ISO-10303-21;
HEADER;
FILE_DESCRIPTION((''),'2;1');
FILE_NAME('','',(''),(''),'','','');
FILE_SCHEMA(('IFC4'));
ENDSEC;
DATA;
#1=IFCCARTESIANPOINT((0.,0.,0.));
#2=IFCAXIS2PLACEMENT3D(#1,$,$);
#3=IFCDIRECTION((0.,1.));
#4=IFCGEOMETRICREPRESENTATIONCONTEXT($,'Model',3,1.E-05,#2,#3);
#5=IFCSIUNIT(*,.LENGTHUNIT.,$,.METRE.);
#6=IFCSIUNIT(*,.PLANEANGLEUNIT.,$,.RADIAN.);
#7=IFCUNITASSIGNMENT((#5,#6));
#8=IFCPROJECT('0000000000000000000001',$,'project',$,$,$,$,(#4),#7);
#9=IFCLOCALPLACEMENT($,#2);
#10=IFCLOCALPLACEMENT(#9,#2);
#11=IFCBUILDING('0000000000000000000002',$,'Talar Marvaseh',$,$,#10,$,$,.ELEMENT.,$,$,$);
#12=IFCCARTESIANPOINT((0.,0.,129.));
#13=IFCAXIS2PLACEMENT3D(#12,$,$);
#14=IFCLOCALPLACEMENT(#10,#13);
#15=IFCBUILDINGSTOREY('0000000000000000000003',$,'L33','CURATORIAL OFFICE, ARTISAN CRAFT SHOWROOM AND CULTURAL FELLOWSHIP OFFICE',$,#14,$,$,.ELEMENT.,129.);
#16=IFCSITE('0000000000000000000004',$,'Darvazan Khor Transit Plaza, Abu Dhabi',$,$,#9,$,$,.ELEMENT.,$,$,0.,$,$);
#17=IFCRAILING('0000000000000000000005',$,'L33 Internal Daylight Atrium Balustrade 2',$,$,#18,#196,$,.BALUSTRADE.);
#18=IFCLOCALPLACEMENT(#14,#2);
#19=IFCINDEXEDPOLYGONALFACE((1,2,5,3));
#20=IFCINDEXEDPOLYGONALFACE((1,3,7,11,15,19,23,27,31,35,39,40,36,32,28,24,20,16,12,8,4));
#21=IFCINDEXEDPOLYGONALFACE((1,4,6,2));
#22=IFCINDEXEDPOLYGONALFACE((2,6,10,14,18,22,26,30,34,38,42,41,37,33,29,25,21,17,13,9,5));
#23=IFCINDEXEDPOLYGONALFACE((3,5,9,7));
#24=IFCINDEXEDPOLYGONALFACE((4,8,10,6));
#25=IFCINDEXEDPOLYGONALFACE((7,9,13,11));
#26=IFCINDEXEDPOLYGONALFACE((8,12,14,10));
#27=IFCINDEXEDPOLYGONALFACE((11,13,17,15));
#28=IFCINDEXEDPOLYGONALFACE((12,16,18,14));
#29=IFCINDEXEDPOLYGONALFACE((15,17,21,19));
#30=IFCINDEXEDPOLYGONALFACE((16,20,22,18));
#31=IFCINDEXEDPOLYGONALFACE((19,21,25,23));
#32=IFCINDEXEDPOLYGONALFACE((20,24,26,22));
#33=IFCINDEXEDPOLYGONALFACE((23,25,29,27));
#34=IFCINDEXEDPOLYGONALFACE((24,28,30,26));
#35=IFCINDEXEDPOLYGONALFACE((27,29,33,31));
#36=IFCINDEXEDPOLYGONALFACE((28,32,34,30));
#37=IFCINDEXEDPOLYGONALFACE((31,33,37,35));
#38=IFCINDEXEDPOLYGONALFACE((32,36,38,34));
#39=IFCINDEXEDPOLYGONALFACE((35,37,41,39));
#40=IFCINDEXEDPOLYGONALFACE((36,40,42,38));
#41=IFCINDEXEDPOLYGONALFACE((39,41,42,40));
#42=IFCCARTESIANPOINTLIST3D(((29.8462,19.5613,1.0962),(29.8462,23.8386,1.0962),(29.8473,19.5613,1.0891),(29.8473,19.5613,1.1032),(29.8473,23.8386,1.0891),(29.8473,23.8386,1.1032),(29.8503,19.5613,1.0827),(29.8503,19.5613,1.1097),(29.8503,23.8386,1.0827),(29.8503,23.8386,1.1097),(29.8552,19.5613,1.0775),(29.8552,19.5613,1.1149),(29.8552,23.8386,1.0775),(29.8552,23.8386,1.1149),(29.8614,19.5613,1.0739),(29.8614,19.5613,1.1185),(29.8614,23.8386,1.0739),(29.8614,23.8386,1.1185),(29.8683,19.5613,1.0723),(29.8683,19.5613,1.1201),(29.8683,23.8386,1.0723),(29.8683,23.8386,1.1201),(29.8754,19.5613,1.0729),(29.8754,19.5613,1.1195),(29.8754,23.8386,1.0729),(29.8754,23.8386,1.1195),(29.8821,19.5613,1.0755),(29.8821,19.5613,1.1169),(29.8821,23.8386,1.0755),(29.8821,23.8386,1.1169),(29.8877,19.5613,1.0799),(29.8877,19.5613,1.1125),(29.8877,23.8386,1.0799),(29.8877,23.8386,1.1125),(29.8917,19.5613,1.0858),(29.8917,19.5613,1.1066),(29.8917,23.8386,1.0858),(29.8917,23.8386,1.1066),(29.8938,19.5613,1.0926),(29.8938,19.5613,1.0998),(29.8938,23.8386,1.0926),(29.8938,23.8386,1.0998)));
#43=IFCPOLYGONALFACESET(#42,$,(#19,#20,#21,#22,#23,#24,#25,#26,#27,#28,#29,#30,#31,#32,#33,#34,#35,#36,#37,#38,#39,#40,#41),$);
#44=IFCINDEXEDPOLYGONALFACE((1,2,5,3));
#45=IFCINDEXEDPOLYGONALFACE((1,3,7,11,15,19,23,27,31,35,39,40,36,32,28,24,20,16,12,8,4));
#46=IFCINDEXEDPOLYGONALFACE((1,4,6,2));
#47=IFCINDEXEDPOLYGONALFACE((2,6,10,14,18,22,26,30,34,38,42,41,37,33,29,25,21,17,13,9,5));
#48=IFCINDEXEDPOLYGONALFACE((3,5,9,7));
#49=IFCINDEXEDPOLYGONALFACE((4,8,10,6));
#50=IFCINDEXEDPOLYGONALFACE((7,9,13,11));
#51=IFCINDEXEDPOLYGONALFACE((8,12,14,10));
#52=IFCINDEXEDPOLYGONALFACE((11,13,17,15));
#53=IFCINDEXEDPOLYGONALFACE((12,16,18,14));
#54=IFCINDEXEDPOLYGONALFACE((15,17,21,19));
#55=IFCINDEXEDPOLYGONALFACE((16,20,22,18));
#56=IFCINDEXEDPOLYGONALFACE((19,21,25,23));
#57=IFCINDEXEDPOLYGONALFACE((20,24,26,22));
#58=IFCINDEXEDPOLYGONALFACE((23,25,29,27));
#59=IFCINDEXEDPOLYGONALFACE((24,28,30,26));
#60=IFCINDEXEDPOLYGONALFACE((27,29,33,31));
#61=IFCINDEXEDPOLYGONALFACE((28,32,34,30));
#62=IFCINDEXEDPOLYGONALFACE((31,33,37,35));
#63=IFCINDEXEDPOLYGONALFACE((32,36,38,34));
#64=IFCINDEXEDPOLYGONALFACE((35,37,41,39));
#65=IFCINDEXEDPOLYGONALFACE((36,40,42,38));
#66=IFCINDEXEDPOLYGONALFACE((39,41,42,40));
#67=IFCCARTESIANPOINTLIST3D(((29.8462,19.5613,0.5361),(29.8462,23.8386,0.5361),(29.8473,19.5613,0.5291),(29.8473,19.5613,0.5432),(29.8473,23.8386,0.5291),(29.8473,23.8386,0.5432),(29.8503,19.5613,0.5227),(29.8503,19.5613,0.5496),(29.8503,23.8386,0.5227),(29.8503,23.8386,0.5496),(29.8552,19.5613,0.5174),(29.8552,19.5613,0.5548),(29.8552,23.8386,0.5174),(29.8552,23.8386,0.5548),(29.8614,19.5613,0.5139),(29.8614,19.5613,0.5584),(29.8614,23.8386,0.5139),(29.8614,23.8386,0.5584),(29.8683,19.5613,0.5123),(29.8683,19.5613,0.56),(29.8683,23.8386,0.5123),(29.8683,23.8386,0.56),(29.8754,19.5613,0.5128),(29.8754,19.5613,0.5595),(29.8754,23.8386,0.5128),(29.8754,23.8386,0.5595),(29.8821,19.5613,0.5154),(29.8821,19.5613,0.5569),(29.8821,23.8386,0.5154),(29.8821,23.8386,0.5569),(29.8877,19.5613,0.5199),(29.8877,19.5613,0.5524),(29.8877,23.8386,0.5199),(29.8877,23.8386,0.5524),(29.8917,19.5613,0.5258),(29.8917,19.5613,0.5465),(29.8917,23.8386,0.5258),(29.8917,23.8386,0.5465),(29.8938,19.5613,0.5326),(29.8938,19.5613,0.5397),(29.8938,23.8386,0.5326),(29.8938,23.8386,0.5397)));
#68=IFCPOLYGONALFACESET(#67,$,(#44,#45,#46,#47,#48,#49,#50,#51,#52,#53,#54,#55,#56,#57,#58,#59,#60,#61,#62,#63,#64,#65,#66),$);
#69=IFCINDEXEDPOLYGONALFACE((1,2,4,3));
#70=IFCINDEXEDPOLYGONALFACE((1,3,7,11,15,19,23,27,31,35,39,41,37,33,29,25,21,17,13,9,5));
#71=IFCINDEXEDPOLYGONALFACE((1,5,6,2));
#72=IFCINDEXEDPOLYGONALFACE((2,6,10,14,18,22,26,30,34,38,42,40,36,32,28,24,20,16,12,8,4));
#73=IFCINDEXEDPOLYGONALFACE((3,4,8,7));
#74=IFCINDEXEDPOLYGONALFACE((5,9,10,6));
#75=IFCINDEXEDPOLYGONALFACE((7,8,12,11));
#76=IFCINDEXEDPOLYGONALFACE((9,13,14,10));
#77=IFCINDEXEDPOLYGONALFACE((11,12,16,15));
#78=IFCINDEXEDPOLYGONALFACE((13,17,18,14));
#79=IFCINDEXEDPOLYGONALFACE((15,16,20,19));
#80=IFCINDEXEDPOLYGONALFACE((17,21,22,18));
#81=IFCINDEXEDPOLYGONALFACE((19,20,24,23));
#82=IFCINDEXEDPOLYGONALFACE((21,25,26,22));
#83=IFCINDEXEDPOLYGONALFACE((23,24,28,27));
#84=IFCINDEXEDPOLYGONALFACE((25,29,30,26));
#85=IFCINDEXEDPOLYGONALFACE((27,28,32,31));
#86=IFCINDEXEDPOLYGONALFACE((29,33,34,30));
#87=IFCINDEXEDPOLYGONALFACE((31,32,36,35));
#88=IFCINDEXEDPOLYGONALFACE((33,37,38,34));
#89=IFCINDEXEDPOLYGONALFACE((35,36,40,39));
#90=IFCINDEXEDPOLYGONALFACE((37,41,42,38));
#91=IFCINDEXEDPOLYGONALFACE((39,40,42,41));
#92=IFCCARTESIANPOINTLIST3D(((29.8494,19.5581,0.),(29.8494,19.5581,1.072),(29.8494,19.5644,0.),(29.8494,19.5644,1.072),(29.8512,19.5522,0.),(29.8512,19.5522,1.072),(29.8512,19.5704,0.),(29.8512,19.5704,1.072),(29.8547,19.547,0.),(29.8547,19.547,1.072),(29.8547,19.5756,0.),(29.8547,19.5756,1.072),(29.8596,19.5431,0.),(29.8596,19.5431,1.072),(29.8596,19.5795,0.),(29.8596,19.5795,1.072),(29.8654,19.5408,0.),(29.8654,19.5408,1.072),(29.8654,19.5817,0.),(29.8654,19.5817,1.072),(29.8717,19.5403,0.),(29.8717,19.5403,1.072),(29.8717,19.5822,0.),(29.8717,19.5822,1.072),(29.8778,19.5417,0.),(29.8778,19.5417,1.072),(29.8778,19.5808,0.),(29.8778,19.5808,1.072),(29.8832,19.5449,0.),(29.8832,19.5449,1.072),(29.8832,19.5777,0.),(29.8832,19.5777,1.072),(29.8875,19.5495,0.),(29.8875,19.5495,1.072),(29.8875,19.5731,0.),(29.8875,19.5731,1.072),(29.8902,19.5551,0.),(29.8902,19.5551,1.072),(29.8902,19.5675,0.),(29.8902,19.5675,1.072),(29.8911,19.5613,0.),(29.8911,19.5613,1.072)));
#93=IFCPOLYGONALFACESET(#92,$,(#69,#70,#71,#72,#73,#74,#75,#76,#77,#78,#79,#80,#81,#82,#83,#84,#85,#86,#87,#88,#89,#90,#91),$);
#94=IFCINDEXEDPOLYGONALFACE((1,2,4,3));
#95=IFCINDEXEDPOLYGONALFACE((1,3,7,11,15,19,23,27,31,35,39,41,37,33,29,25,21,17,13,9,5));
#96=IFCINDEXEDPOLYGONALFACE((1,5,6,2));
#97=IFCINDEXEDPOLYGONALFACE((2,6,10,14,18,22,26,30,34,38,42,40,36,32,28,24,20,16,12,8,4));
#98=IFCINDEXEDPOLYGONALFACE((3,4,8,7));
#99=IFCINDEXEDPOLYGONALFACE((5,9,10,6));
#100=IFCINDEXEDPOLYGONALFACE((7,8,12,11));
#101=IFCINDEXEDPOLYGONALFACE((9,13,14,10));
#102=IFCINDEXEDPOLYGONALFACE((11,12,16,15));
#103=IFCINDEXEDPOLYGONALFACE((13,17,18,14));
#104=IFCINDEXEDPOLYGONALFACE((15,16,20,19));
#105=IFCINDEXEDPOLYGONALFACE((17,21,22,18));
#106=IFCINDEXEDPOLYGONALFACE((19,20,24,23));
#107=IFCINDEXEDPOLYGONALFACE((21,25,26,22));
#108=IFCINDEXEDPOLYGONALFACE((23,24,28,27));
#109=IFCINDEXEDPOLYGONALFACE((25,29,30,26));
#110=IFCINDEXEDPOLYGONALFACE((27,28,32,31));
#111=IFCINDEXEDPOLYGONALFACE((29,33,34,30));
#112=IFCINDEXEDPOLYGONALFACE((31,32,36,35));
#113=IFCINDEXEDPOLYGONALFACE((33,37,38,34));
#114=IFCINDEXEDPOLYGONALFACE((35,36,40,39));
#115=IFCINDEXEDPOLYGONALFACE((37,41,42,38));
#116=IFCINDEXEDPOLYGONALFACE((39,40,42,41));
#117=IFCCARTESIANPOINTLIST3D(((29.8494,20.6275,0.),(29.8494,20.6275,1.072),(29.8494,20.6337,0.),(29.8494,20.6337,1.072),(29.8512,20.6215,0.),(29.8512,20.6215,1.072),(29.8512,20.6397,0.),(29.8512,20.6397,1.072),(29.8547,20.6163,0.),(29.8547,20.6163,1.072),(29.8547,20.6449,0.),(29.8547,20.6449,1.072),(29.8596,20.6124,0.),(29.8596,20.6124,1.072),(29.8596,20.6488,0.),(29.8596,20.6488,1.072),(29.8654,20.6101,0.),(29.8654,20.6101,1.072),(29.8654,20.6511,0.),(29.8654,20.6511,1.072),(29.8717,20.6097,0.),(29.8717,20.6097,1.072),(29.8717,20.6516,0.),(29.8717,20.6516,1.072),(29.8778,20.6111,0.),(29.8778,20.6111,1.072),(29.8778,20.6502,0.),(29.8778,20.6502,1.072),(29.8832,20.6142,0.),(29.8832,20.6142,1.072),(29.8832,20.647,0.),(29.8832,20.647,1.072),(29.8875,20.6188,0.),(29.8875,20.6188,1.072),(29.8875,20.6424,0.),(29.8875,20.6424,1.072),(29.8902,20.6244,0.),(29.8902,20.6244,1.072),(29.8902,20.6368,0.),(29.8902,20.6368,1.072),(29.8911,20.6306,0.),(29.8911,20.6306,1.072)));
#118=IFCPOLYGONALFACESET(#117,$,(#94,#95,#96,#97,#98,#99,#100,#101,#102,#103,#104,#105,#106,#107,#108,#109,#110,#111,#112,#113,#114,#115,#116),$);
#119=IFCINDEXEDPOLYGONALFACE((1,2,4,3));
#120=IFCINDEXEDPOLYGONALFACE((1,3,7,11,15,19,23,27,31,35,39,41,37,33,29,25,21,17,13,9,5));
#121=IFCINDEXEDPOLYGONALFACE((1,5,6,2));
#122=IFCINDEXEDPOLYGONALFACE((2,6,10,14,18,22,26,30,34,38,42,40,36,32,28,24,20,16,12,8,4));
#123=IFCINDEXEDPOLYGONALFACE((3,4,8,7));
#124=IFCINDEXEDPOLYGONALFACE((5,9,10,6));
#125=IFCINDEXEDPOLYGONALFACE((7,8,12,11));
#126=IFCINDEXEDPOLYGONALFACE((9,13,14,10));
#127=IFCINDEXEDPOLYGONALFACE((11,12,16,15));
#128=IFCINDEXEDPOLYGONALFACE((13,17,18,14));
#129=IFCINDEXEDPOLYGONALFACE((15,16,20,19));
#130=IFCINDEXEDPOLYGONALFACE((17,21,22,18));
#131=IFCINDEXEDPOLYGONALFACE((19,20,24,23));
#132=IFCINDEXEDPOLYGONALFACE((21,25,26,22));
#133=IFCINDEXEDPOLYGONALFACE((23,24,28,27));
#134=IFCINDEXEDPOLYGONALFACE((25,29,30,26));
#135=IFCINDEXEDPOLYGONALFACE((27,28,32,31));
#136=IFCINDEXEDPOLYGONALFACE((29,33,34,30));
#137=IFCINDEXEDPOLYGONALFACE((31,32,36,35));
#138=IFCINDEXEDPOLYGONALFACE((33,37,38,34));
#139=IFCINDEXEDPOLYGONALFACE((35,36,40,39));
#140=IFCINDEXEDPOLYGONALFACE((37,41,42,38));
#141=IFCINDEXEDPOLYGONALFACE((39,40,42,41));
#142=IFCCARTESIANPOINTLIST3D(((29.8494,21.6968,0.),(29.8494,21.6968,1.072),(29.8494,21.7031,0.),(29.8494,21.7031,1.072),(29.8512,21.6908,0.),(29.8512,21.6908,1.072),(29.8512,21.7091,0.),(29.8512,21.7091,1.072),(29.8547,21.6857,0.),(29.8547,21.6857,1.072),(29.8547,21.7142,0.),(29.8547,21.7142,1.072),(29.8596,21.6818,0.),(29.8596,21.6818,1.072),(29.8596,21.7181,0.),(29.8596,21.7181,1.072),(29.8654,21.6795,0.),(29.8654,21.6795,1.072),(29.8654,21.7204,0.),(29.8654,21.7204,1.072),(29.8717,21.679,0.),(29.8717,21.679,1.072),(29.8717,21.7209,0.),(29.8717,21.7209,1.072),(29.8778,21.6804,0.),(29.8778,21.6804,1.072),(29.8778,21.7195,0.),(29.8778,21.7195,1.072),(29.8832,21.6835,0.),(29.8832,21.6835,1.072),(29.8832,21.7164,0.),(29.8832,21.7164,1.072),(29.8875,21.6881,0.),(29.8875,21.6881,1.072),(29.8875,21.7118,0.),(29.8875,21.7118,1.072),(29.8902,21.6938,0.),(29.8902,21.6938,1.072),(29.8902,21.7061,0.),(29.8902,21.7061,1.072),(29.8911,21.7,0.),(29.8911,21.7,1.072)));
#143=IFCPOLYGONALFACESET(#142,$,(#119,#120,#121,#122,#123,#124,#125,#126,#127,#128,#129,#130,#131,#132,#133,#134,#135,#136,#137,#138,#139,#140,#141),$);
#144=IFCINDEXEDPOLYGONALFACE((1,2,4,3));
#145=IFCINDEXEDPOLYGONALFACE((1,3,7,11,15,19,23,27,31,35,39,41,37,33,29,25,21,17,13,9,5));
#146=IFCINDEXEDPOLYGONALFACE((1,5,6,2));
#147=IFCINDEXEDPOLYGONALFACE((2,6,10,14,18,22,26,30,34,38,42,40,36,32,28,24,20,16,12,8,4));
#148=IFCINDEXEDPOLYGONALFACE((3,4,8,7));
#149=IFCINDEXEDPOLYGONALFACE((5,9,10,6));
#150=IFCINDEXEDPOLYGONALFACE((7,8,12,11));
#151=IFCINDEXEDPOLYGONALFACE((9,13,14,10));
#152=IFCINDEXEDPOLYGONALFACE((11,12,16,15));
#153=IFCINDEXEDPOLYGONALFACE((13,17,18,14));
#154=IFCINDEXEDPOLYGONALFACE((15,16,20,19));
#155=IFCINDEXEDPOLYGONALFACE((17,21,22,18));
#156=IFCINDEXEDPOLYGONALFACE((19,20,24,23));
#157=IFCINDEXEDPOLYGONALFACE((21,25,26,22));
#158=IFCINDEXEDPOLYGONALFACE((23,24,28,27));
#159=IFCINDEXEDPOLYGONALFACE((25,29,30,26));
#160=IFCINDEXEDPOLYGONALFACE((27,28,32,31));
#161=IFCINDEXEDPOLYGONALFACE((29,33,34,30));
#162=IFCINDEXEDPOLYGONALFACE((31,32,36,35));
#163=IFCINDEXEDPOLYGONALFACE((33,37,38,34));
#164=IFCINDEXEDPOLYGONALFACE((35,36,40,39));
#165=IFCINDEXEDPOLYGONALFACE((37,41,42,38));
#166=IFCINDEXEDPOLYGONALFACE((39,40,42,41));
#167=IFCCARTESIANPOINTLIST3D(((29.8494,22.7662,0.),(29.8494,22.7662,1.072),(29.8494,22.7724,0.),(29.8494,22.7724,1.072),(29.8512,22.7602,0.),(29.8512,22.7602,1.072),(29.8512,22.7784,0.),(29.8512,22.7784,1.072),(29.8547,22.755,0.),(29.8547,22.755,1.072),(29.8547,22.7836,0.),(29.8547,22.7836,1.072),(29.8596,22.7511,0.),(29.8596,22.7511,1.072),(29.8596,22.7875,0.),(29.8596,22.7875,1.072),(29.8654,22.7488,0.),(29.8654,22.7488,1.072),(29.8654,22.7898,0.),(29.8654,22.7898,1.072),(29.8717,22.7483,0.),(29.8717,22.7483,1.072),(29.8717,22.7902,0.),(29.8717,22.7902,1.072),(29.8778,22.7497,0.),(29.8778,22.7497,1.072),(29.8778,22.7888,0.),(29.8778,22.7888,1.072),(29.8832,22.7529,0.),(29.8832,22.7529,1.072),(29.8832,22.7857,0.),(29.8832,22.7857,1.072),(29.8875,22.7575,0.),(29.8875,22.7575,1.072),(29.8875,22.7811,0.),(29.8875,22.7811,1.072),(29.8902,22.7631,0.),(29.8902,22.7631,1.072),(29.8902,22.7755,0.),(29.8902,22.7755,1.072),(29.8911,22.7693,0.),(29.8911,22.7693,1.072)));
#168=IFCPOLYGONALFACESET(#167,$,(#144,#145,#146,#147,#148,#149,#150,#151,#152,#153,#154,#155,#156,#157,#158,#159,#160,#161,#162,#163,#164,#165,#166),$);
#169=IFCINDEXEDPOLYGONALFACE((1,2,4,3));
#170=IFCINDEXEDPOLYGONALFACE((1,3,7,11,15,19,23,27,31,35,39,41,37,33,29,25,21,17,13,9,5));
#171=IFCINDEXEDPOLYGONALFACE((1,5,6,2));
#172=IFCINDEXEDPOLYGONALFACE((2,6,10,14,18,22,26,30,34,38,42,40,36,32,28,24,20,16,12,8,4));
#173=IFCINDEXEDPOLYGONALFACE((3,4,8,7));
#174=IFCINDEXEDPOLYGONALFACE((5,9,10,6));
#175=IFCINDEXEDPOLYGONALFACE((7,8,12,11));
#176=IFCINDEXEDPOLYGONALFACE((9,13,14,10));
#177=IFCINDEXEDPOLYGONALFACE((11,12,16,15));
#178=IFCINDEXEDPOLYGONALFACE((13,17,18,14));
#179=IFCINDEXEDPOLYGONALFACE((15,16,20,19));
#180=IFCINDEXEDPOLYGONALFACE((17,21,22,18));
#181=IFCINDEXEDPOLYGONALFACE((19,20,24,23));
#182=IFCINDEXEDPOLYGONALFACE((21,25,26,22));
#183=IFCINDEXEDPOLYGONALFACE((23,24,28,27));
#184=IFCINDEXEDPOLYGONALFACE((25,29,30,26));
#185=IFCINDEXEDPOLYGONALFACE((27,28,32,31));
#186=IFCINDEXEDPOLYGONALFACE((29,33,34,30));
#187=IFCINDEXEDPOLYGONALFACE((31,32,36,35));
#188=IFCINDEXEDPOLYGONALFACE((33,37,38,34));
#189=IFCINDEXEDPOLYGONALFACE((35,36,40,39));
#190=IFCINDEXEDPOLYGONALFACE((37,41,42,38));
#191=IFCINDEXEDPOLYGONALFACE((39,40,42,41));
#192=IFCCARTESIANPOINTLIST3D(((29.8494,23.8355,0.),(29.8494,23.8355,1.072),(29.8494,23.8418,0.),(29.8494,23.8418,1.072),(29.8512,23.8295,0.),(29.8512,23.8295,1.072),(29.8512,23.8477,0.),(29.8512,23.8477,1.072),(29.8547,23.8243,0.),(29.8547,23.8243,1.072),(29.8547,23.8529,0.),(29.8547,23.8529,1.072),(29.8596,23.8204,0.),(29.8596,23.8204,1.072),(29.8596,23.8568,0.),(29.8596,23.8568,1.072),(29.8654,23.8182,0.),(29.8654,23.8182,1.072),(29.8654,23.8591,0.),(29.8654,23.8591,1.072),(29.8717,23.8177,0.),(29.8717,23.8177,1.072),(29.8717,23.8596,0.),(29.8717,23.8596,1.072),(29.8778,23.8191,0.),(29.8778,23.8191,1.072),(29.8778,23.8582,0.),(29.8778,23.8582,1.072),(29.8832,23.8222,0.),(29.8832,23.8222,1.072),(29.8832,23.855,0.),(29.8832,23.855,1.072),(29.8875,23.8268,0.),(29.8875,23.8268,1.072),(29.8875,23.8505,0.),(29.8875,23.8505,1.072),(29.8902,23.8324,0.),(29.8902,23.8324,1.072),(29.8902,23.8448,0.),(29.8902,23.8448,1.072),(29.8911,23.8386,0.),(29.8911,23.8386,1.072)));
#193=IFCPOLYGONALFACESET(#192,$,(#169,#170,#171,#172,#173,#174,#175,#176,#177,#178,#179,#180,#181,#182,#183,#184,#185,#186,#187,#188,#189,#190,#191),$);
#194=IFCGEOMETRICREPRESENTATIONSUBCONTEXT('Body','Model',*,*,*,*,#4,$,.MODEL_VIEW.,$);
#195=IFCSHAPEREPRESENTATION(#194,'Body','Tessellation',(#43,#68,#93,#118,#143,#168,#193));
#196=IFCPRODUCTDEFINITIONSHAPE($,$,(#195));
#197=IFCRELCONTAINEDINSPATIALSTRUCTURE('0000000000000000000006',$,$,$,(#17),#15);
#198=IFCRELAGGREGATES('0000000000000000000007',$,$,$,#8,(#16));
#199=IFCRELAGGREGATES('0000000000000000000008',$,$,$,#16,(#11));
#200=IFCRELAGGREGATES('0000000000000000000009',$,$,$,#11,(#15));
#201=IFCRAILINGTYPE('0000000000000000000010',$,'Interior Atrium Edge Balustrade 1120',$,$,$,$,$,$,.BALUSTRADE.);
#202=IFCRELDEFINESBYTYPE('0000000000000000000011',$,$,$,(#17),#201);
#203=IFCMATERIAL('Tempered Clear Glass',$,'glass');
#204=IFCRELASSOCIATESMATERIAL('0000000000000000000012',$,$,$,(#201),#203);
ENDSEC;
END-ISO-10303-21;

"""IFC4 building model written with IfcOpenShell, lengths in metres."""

from ifc_helpers import new_model, si_unit, direction, frame, origin, origin_2d, place, context, subcontext, project, spatial, circle, extrude, material, type_object, element, save


model = new_model("IFC4")

# Units and contexts
model_context = context("Model", 3, precision=1e-05, world=origin(), true_north=direction((0.0, 1.0)))
body_context = subcontext(model_context, "Body", "Model", "MODEL_VIEW")
ifc_project = project(units=[si_unit("LENGTHUNIT", "METRE"), si_unit("PLANEANGLEUNIT", "RADIAN")], contexts=[model_context])

# Site, building, storey
site_placement = place(None, origin())
site = spatial("IfcSite", under=ifc_project, at=site_placement, Name="Darvazan Khor Transit Plaza, Abu Dhabi", CompositionType="ELEMENT", RefElevation=0.0)
building_placement = place(site_placement, origin())
building = spatial("IfcBuilding", under=site, at=building_placement, Name="Talar Marvaseh", CompositionType="ELEMENT")
storey_placement = place(building_placement, frame((0.0, 0.0, 129.0)))
storey = spatial("IfcBuildingStorey", under=building, at=storey_placement, Name="L33", Description="CURATORIAL OFFICE, ARTISAN CRAFT SHOWROOM AND CULTURAL FELLOWSHIP OFFICE", CompositionType="ELEMENT", Elevation=129.0)

# Railing
ifc_material_1 = material(Name="Tempered Clear Glass", Category="glass")
railing_type_1 = type_object("IfcRailingType", Name="Interior Atrium Edge Balustrade 1120", PredefinedType="BALUSTRADE", material=ifc_material_1)
railing_1_placement = place(storey_placement, frame((29.8701, 19.5613, 0.0)))
element("IfcRailing", 1, at=railing_1_placement, inside=storey, type_object=railing_type_1, Name="L33 Internal Daylight Atrium Balustrade 2", PredefinedType="BALUSTRADE", context=body_context, shape_type="SweptSolid", body=[
    extrude(circle(Radius=0.0239, at=origin_2d()), frame((0.0, 0.0, 1.0962), z_axis=(0.0, 1.0, 0.0), x_axis=(-1.0, 0.0, 0.0)), (0.0, 0.0, 1.0), 4.2773),
    extrude(circle(Radius=0.0239, at=origin_2d()), frame((0.0, 0.0, 0.5361), z_axis=(0.0, 1.0, 0.0), x_axis=(-1.0, 0.0, 0.0)), (0.0, 0.0, 1.0), 4.2773),
    extrude(circle(Radius=0.021, at=origin_2d()), origin(), (0.0, 0.0, 1.0), 1.072),
    extrude(circle(Radius=0.021, at=origin_2d()), frame((0.0, 1.0693, 0.0)), (0.0, 0.0, 1.0), 1.072),
    extrude(circle(Radius=0.021, at=origin_2d()), frame((0.0, 2.1387, 0.0)), (0.0, 0.0, 1.0), 1.072),
    extrude(circle(Radius=0.021, at=origin_2d()), frame((0.0, 3.208, 0.0)), (0.0, 0.0, 1.0), 1.072),
    extrude(circle(Radius=0.021, at=origin_2d()), frame((0.0, 4.2773, 0.0)), (0.0, 0.0, 1.0), 1.072),
])

save(model, "model.ifc")
